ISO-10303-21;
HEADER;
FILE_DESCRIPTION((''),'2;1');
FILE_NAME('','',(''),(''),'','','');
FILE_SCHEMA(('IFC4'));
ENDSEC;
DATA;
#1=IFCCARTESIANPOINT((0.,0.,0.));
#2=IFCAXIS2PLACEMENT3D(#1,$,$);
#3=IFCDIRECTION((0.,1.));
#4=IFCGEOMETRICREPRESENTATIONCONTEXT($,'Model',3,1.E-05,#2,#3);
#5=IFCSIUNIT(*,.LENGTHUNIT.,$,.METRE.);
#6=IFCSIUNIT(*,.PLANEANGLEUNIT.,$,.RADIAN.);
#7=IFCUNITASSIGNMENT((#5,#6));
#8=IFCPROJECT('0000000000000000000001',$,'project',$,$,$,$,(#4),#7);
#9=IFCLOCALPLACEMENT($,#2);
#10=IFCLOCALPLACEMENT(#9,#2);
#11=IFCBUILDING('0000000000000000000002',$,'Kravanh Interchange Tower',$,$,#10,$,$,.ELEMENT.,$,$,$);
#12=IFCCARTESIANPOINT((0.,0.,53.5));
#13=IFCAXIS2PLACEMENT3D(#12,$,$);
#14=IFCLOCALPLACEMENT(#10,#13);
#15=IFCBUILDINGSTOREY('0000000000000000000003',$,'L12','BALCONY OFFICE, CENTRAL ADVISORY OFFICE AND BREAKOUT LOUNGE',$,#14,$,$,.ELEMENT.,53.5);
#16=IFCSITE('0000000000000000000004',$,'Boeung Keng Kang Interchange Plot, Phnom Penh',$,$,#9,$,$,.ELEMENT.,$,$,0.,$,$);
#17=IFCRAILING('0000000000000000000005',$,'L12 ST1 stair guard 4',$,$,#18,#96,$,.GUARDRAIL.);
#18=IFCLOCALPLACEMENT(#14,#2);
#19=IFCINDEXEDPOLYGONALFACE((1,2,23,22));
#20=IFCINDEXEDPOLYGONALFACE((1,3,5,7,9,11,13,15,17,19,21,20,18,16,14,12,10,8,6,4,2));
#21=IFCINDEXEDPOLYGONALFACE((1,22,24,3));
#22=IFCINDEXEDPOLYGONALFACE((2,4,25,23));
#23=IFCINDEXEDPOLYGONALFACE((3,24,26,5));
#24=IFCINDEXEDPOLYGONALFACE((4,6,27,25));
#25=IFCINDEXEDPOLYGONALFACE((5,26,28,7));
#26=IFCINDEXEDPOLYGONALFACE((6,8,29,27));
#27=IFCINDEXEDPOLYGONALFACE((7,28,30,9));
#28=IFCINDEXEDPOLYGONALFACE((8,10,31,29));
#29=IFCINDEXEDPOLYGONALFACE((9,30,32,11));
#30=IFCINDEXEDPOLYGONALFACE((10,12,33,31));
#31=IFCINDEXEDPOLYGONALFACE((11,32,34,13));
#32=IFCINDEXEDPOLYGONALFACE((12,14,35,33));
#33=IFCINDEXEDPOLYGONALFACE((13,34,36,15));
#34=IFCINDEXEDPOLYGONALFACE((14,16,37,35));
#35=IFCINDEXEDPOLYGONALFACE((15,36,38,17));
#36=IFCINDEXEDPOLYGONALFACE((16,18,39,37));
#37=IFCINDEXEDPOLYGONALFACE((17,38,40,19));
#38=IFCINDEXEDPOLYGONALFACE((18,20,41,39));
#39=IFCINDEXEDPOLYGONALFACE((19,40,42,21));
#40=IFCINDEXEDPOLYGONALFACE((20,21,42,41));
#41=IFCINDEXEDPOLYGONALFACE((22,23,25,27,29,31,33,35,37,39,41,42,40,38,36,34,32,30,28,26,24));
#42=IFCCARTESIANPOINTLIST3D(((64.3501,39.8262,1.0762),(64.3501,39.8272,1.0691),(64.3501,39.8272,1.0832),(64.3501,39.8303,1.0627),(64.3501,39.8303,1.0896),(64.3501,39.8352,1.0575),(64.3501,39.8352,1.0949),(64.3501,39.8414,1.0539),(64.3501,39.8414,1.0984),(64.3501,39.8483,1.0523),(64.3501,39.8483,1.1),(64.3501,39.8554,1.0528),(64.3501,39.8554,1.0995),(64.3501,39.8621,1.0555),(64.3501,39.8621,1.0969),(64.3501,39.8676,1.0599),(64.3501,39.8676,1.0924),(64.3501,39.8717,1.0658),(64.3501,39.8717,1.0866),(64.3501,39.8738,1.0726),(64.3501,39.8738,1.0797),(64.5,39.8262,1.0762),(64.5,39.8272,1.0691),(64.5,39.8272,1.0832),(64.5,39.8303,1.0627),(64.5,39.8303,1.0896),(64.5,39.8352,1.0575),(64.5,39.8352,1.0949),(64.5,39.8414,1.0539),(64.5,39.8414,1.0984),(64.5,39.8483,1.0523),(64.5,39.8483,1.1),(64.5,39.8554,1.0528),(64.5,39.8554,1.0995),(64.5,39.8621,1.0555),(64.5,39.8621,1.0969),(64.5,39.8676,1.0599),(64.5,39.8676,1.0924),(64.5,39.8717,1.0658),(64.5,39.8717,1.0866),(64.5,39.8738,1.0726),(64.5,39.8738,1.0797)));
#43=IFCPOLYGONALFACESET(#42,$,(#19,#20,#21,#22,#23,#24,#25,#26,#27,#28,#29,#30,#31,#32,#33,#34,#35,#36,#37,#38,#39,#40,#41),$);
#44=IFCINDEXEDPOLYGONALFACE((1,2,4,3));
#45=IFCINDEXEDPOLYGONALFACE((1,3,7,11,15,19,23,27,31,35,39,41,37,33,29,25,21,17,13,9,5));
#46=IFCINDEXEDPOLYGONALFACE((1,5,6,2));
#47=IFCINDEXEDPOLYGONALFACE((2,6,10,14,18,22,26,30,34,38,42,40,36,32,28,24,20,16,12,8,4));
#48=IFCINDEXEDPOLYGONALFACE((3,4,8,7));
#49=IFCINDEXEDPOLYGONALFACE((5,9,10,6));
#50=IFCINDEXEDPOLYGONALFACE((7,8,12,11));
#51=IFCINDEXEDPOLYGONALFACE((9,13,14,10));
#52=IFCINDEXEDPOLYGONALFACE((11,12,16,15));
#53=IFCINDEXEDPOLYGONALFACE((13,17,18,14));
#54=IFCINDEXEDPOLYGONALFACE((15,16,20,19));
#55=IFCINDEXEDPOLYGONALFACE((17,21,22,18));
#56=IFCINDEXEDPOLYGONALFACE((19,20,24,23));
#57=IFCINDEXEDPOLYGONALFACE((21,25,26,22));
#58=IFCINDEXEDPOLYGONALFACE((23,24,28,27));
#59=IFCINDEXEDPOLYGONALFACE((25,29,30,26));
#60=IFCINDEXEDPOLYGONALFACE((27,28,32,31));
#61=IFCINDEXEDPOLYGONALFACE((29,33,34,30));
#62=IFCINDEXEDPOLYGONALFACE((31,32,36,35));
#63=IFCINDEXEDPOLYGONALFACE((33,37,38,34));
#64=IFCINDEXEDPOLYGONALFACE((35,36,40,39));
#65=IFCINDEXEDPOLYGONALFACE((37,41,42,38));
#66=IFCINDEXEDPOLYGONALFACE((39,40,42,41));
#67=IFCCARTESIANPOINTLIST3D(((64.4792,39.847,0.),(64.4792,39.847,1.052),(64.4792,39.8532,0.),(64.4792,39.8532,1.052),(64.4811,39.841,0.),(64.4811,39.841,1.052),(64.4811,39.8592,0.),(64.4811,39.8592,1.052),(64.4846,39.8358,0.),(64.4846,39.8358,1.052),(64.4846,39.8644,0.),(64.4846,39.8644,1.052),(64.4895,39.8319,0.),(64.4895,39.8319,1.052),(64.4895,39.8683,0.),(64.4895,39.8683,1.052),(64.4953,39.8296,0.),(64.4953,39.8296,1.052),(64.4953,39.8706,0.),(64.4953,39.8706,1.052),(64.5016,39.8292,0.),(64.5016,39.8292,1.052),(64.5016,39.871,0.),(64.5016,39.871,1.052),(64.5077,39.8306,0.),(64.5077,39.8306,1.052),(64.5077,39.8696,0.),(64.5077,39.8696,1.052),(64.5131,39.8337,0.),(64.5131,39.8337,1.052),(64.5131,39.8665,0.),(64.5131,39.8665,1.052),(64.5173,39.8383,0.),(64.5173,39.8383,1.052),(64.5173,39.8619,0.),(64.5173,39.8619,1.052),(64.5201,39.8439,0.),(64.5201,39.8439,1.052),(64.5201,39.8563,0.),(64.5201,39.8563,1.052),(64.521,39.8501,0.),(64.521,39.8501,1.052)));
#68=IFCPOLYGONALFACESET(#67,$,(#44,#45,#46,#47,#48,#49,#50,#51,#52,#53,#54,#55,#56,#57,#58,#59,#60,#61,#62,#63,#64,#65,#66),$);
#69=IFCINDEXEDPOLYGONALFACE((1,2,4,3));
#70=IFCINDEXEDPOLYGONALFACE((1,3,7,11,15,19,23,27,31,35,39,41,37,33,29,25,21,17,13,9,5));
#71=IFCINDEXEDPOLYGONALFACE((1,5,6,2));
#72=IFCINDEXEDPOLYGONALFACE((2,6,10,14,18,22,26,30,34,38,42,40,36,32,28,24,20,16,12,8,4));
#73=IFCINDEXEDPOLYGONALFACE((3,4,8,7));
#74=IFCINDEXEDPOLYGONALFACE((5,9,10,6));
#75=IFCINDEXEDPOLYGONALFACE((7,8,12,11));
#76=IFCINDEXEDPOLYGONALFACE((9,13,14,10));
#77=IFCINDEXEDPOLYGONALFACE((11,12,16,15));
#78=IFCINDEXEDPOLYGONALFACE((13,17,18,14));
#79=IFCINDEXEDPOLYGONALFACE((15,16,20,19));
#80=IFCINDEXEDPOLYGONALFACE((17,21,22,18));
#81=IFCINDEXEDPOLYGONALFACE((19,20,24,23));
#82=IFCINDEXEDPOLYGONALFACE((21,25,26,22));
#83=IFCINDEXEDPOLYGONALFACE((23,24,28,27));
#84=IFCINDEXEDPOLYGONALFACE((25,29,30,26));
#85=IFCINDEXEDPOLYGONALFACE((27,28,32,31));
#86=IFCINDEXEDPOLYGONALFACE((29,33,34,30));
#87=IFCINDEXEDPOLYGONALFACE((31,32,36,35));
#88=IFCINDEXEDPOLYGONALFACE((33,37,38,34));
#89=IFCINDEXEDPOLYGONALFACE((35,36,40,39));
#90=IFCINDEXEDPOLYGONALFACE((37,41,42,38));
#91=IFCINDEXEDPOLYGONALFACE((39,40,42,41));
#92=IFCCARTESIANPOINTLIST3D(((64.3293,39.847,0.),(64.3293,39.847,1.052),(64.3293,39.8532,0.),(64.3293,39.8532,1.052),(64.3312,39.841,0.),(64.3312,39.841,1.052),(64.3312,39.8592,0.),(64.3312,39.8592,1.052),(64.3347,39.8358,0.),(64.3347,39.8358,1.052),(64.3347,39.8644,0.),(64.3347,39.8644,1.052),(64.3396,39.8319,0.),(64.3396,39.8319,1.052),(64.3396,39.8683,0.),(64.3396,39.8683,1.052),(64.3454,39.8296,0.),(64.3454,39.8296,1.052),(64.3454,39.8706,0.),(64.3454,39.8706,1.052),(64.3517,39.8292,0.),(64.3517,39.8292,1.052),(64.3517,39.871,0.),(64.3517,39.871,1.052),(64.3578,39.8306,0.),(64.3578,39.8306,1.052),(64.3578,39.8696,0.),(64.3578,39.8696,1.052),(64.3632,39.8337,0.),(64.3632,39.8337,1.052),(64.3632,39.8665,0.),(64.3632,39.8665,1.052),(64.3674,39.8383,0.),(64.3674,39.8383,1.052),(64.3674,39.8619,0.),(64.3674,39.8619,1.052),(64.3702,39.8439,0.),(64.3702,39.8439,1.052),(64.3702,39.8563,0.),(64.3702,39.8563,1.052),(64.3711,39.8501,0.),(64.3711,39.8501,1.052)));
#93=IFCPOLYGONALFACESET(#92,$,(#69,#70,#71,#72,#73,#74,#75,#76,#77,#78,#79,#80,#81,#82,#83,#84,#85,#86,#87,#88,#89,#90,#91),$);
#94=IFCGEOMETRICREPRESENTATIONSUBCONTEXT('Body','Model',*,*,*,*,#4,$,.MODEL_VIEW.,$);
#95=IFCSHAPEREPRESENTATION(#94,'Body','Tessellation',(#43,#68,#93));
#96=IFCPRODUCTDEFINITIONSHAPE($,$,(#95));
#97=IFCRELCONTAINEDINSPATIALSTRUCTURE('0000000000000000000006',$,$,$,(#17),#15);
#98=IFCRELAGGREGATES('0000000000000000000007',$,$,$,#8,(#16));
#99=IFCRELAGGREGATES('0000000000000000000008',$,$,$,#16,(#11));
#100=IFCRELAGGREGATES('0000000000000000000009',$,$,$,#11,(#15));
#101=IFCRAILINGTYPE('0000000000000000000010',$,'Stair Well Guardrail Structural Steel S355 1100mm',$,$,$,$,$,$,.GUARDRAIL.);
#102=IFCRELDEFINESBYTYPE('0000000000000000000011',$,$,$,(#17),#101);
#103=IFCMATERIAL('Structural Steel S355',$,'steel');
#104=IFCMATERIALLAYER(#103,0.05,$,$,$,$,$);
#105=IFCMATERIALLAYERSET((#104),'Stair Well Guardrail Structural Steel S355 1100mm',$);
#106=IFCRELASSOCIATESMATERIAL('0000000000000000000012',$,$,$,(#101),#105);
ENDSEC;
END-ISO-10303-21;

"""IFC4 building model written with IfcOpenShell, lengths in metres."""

from ifc_helpers import new_model, si_unit, direction, frame, origin, origin_2d, place, context, subcontext, project, spatial, circle, extrude, material, layer, layer_set, type_object, element, save


model = new_model("IFC4")

# Units and contexts
model_context = context("Model", 3, precision=1e-05, world=origin(), true_north=direction((0.0, 1.0)))
body_context = subcontext(model_context, "Body", "Model", "MODEL_VIEW")
ifc_project = project(units=[si_unit("LENGTHUNIT", "METRE"), si_unit("PLANEANGLEUNIT", "RADIAN")], contexts=[model_context])

# Site, building, storey
site_placement = place(None, origin())
site = spatial("IfcSite", under=ifc_project, at=site_placement, Name="Boeung Keng Kang Interchange Plot, Phnom Penh", CompositionType="ELEMENT", RefElevation=0.0)
building_placement = place(site_placement, origin())
building = spatial("IfcBuilding", under=site, at=building_placement, Name="Kravanh Interchange Tower", CompositionType="ELEMENT")
storey_placement = place(building_placement, frame((0.0, 0.0, 53.5)))
storey = spatial("IfcBuildingStorey", under=building, at=storey_placement, Name="L12", Description="BALCONY OFFICE, CENTRAL ADVISORY OFFICE AND BREAKOUT LOUNGE", CompositionType="ELEMENT", Elevation=53.5)

# Railing
ifc_material_1 = material(Name="Structural Steel S355", Category="steel")
ifc_layer_1 = layer(ifc_material_1, 0.05)
ifc_layer_set_1 = layer_set([ifc_layer_1], Name="Stair Well Guardrail Structural Steel S355 1100mm")
railing_type_1 = type_object("IfcRailingType", Name="Stair Well Guardrail Structural Steel S355 1100mm", PredefinedType="GUARDRAIL", material=ifc_layer_set_1)
railing_1_placement = place(storey_placement, frame((64.5, 39.8501, 0.0)))
element("IfcRailing", 1, at=railing_1_placement, inside=storey, type_object=railing_type_1, Name="L12 ST1 stair guard 4", PredefinedType="GUARDRAIL", context=body_context, shape_type="SweptSolid", body=[
    extrude(circle(Radius=0.0239, at=origin_2d()), frame((0.0, 0.0, 1.0762), z_axis=(-1.0, 0.0, 0.0), x_axis=(0.0, -1.0, 0.0)), (0.0, 0.0, 1.0), 0.1499),
    extrude(circle(Radius=0.021, at=origin_2d()), origin(), (0.0, 0.0, 1.0), 1.052),
    extrude(circle(Radius=0.021, at=origin_2d()), frame((-0.1499, 0.0, 0.0)), (0.0, 0.0, 1.0), 1.052),
])

save(model, "model.ifc")
